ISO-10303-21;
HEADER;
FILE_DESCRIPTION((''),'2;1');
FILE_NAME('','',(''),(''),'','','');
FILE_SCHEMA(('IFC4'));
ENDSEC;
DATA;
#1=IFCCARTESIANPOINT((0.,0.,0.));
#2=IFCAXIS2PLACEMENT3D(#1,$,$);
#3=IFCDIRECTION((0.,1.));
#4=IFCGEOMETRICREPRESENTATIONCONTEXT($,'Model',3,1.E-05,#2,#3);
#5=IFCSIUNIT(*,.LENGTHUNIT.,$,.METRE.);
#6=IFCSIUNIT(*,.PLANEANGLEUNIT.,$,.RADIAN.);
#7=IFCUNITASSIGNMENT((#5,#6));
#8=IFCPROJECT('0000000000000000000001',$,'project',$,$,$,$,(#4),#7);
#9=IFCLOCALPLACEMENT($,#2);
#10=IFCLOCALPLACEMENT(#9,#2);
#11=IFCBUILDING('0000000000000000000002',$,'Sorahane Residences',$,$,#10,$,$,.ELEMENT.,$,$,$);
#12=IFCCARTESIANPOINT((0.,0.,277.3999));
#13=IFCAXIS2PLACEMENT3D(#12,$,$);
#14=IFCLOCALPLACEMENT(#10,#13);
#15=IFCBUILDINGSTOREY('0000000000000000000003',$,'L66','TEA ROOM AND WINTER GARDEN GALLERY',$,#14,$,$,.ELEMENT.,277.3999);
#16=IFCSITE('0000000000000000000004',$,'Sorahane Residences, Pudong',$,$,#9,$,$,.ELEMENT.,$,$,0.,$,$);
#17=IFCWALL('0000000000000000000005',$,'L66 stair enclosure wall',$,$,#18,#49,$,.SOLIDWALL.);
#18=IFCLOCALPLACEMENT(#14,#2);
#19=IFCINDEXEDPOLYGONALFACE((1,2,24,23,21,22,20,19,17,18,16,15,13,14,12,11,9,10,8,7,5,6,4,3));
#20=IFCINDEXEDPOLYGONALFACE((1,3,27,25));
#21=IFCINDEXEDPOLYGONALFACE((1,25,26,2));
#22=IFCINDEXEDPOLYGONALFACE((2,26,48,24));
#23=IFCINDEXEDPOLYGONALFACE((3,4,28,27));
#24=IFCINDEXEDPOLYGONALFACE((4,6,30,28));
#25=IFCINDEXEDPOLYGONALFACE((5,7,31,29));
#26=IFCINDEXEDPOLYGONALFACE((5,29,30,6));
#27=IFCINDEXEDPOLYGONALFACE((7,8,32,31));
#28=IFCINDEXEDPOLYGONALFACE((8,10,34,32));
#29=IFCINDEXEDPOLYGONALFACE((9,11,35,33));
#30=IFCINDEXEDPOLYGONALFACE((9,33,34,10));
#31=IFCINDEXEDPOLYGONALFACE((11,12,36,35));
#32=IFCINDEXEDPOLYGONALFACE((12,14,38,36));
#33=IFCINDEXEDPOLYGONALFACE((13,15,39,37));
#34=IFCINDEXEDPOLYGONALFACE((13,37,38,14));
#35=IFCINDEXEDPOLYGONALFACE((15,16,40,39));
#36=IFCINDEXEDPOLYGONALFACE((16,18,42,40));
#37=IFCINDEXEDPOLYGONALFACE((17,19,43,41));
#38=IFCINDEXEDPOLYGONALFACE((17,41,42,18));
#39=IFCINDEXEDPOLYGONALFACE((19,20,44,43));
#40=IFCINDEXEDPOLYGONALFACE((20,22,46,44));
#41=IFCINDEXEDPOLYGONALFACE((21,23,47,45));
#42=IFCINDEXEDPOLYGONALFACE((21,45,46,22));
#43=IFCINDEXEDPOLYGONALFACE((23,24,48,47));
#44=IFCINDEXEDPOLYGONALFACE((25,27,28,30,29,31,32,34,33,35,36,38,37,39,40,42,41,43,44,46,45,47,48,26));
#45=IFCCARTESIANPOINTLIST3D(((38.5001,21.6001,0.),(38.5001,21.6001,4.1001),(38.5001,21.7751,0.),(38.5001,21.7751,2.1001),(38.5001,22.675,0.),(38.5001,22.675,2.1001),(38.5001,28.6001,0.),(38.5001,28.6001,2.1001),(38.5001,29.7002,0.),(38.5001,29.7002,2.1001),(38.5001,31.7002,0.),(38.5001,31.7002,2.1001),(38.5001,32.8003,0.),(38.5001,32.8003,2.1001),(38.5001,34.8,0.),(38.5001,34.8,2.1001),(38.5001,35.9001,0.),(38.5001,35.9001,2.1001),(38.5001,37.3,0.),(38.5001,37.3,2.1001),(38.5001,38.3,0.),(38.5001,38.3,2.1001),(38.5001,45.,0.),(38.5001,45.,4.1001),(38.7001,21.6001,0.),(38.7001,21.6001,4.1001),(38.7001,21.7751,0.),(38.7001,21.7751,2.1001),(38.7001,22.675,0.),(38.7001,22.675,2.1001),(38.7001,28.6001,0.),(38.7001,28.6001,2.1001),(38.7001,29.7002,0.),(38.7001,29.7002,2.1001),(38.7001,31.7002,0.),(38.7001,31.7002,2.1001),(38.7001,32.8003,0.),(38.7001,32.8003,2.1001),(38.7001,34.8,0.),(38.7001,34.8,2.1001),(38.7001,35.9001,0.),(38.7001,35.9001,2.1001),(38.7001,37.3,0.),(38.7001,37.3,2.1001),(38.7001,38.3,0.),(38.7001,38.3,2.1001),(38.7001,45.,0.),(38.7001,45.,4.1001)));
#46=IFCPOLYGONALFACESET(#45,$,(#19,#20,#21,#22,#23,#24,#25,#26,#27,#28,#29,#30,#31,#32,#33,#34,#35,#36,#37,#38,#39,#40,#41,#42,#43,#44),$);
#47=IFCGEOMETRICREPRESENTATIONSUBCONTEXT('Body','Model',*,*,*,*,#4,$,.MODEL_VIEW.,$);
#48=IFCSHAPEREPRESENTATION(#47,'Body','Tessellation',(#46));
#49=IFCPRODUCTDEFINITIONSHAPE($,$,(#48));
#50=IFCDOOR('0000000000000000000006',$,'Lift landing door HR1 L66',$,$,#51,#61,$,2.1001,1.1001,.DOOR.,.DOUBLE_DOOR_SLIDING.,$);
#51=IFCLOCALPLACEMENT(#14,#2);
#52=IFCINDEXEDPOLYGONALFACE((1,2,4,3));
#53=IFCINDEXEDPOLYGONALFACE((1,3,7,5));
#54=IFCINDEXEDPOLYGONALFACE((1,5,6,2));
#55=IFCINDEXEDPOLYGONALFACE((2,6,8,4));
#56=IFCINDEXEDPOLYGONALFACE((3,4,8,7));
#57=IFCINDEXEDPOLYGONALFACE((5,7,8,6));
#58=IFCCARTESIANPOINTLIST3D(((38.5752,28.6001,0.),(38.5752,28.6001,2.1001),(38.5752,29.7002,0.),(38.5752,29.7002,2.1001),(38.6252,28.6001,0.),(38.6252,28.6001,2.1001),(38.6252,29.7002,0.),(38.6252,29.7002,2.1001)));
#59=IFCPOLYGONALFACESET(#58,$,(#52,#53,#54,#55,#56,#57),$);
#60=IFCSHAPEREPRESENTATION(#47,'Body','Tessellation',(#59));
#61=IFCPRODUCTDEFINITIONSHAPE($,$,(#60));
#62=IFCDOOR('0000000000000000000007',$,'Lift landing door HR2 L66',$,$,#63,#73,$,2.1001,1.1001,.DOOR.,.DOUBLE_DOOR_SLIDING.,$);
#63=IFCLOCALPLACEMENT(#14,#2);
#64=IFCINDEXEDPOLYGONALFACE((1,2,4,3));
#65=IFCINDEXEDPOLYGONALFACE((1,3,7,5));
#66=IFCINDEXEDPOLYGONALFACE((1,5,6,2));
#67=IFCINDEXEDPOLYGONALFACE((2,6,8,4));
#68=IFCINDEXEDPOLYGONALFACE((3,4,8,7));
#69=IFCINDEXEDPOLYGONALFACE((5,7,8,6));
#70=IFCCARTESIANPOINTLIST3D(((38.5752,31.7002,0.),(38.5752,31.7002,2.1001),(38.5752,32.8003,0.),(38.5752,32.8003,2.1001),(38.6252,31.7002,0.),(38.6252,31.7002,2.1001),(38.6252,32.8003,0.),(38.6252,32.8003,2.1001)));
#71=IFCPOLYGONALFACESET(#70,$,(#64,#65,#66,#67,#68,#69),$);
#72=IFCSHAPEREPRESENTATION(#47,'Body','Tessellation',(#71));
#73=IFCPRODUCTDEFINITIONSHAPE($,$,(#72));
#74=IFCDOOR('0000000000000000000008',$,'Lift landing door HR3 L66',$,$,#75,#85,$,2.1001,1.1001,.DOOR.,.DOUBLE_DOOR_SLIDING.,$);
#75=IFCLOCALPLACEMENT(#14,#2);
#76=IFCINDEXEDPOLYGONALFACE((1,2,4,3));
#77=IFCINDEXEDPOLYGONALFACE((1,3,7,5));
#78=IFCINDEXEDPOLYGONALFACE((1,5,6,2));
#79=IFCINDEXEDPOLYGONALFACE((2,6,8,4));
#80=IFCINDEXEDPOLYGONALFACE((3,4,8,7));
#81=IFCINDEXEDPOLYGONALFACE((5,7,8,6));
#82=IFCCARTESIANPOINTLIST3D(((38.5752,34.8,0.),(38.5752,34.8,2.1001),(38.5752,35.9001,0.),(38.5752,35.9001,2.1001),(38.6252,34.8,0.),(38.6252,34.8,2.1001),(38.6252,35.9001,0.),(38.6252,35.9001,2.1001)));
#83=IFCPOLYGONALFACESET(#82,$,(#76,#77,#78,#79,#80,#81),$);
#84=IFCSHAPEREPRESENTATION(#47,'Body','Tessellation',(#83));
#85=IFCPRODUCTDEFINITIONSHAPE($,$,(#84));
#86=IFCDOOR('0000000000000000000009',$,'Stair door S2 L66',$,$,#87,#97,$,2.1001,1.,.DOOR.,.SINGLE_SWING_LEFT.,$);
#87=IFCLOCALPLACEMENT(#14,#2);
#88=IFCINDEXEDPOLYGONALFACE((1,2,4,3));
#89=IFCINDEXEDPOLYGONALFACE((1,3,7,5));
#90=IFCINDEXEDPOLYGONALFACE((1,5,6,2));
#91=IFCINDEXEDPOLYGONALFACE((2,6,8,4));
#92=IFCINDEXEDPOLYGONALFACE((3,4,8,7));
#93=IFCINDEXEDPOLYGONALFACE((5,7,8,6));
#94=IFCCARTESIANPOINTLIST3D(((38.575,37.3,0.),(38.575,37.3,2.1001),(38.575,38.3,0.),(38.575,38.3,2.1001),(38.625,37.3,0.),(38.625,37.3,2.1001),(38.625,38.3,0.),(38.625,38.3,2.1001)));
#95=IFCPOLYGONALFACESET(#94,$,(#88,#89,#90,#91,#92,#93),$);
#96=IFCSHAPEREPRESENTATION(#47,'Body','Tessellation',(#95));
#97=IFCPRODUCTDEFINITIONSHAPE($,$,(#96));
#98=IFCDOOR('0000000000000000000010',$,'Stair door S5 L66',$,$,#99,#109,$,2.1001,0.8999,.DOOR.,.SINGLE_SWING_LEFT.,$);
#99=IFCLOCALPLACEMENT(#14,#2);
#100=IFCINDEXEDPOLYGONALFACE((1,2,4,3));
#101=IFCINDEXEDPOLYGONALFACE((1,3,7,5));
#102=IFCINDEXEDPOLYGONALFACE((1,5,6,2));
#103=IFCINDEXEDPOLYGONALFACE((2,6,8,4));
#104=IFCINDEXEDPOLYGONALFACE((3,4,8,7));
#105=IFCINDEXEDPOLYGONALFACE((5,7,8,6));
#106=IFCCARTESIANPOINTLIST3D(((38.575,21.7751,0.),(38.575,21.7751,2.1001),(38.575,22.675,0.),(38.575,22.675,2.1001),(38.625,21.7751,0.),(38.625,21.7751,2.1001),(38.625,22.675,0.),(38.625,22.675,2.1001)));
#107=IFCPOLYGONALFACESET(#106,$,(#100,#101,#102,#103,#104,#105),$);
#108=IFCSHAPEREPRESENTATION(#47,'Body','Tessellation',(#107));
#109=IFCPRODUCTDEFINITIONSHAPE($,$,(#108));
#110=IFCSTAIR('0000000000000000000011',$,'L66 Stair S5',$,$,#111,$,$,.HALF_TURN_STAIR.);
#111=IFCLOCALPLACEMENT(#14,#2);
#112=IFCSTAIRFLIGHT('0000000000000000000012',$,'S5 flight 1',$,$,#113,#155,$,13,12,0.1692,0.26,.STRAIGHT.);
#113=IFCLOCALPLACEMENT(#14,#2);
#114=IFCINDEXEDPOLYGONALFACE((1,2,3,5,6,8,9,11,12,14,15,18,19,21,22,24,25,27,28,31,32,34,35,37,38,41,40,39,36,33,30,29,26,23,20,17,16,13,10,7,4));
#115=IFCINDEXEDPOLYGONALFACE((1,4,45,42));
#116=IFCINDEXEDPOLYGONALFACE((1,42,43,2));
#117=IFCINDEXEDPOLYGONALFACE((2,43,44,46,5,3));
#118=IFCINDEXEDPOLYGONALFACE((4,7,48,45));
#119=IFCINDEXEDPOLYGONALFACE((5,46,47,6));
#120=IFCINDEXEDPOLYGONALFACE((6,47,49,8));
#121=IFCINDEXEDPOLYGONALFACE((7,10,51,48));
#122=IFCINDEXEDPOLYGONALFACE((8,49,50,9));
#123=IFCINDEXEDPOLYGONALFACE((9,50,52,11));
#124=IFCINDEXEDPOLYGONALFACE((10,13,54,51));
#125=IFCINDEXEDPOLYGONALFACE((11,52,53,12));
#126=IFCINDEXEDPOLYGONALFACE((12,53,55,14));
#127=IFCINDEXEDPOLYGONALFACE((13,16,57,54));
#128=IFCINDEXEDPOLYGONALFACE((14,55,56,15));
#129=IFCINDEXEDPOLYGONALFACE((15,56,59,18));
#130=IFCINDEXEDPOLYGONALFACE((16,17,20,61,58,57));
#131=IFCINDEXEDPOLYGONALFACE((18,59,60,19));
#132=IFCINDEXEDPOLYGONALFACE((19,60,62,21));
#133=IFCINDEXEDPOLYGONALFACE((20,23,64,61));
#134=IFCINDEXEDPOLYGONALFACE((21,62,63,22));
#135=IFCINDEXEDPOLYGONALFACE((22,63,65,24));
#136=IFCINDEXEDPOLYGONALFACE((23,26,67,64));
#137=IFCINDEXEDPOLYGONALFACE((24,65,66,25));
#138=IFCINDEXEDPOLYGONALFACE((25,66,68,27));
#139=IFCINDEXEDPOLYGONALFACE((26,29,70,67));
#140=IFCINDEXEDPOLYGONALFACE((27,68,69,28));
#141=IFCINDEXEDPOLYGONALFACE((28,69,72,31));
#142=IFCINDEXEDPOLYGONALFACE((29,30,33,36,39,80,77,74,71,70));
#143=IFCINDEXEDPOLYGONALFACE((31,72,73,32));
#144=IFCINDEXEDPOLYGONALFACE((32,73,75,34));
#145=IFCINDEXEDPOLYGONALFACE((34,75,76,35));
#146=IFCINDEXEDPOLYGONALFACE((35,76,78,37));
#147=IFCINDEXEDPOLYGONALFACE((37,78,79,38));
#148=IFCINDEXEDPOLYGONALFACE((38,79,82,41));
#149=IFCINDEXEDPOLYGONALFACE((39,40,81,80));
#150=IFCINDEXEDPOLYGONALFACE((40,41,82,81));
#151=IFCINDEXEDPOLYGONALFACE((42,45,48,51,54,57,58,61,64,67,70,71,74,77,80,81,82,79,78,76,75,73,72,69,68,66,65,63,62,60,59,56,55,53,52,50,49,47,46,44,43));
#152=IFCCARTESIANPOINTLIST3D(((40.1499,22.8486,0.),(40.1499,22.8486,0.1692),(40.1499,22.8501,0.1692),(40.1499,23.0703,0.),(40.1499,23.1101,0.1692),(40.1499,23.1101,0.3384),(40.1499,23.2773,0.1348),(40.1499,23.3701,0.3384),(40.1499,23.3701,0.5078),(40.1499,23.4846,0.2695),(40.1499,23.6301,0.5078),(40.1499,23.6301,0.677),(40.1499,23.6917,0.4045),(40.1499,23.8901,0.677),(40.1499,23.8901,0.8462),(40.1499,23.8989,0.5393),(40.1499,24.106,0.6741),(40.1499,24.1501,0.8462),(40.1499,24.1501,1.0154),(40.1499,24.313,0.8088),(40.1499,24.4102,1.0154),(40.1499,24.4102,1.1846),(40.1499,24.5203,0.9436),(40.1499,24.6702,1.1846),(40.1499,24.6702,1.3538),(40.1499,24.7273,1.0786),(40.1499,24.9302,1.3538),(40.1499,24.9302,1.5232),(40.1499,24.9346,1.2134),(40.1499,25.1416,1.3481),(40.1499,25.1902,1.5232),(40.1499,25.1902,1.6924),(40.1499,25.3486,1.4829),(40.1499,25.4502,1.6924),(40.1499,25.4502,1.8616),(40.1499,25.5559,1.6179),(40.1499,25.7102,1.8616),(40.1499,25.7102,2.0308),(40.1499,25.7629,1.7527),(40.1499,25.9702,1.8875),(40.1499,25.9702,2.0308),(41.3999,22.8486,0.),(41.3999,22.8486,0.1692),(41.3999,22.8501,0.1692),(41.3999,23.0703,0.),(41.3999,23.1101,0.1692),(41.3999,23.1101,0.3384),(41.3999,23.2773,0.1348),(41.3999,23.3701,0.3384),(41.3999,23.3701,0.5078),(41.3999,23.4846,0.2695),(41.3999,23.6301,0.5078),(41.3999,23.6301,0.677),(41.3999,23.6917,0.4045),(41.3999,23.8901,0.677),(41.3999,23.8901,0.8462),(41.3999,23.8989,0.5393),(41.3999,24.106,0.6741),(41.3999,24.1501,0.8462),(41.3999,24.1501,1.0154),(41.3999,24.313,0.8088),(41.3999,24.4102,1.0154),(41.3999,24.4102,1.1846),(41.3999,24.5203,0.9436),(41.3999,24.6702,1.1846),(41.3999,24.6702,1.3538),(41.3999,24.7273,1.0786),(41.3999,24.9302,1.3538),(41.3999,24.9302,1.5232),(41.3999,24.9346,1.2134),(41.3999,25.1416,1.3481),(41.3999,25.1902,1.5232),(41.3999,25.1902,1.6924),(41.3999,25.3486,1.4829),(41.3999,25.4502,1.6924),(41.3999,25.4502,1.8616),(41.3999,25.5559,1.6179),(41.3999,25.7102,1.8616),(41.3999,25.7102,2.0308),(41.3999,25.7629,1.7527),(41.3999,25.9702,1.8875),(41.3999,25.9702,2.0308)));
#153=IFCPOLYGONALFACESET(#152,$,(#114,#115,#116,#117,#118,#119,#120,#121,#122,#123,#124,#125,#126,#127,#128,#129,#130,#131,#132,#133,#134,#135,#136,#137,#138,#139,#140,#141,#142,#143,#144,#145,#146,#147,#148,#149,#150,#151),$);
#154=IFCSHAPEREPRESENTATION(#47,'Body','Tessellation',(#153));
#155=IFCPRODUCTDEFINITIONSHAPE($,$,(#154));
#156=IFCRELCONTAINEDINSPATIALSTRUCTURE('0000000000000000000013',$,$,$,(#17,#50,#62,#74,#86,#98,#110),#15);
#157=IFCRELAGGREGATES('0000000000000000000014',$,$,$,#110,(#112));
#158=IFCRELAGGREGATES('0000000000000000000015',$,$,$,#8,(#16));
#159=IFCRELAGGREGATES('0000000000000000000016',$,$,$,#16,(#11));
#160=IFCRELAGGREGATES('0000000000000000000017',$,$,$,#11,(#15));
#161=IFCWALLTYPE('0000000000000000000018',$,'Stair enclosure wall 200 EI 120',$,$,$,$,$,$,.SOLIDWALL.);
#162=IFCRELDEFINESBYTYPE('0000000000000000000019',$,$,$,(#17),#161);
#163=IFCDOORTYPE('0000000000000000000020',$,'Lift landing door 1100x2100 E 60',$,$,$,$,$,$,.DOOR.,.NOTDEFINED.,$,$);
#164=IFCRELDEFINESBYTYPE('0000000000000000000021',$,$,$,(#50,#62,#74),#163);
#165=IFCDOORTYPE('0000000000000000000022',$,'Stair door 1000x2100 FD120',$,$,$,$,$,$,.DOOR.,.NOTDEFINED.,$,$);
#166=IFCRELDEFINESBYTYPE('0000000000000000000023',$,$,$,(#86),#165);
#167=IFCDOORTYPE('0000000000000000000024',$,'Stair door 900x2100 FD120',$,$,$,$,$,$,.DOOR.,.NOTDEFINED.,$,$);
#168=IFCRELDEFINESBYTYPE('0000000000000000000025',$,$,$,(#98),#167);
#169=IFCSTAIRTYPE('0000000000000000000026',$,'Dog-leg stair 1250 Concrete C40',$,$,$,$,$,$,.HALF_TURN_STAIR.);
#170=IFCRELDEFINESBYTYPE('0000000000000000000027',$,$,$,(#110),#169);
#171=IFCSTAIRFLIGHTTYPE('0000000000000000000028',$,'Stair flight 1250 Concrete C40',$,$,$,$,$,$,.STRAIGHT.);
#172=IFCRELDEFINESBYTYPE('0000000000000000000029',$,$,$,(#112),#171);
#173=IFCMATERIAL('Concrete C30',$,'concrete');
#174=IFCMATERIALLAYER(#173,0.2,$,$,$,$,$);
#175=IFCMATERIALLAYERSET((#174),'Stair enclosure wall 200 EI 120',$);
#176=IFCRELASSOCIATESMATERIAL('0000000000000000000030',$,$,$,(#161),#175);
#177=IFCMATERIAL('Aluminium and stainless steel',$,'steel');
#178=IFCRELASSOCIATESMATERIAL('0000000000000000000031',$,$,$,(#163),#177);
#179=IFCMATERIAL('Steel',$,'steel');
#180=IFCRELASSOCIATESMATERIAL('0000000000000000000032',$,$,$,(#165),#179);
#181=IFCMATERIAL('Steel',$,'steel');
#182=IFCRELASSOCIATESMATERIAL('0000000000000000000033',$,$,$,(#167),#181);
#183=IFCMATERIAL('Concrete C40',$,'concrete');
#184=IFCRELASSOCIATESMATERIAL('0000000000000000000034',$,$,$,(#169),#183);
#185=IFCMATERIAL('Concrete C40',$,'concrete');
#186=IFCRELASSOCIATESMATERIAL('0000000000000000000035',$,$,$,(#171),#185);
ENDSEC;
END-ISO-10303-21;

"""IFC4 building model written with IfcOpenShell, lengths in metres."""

from ifc_helpers import new_model, si_unit, direction, frame, frame_2d, origin, place, context, subcontext, project, spatial, polyline, rectangle, outline, extrude, material, layer, layer_set, type_object, element, fill, aggregate, save


model = new_model("IFC4")

# Units and contexts
model_context = context("Model", 3, precision=1e-05, world=origin(), true_north=direction((0.0, 1.0)))
body_context = subcontext(model_context, "Body", "Model", "MODEL_VIEW")
ifc_project = project(units=[si_unit("LENGTHUNIT", "METRE"), si_unit("PLANEANGLEUNIT", "RADIAN")], contexts=[model_context])

# Site, building, storey
site_placement = place(None, origin())
site = spatial("IfcSite", under=ifc_project, at=site_placement, Name="Sorahane Residences, Pudong", CompositionType="ELEMENT", RefElevation=0.0)
building_placement = place(site_placement, origin())
building = spatial("IfcBuilding", under=site, at=building_placement, Name="Sorahane Residences", CompositionType="ELEMENT")
storey_placement = place(building_placement, frame((0.0, 0.0, 277.3999)))
storey = spatial("IfcBuildingStorey", under=building, at=storey_placement, Name="L66", Description="TEA ROOM AND WINTER GARDEN GALLERY", CompositionType="ELEMENT", Elevation=277.3999)

# Wall, openings, doors
ifc_material_1 = material(Name="Concrete C30", Category="concrete")
ifc_layer_1 = layer(ifc_material_1, 0.2)
ifc_layer_set_1 = layer_set([ifc_layer_1], Name="Stair enclosure wall 200 EI 120")
wall_type_1 = type_object("IfcWallType", Name="Stair enclosure wall 200 EI 120", PredefinedType="SOLIDWALL", material=ifc_layer_set_1)
wall_1_placement = place(storey_placement, frame((38.6001, 21.6001, 0.0), z_axis=(0.0, 0.0, 1.0), x_axis=(0.0, 1.0, 0.0)))
wall_1 = element("IfcWall", 1, at=wall_1_placement, inside=storey, type_object=wall_type_1, Name="L66 stair enclosure wall", PredefinedType="SOLIDWALL", context=body_context, shape_type="SweptSolid", body=[
    extrude(rectangle(XDim=23.3999, YDim=0.2, at=frame_2d((11.7, 0.0))), origin(), (0.0, 0.0, 1.0), 4.1001),
])
opening_1_placement = place(wall_1_placement, frame((7.0, 0.0, 0.0)))
opening_1 = element("IfcOpeningElement", 2, at=opening_1_placement, cuts=wall_1, PredefinedType="OPENING", context=body_context, shape_type="SweptSolid", body=[
    extrude(rectangle(XDim=1.1001, YDim=2.1001, at=frame_2d((0.55, 1.05))), frame((0.0, 0.1099, 0.0), z_axis=(0.0, -1.0, 0.0), x_axis=(1.0, 0.0, 0.0)), (0.0, 0.0, 1.0), 0.22),
])
opening_2_placement = place(wall_1_placement, frame((10.1001, 0.0, 0.0)))
opening_2 = element("IfcOpeningElement", 3, at=opening_2_placement, cuts=wall_1, PredefinedType="OPENING", context=body_context, shape_type="SweptSolid", body=[
    extrude(rectangle(XDim=1.1001, YDim=2.1001, at=frame_2d((0.55, 1.05))), frame((0.0, 0.1099, 0.0), z_axis=(0.0, -1.0, 0.0), x_axis=(1.0, 0.0, 0.0)), (0.0, 0.0, 1.0), 0.22),
])
opening_3_placement = place(wall_1_placement, frame((13.2, 0.0, 0.0)))
opening_3 = element("IfcOpeningElement", 4, at=opening_3_placement, cuts=wall_1, PredefinedType="OPENING", context=body_context, shape_type="SweptSolid", body=[
    extrude(rectangle(XDim=1.1001, YDim=2.1001, at=frame_2d((0.55, 1.05))), frame((0.0, 0.1099, 0.0), z_axis=(0.0, -1.0, 0.0), x_axis=(1.0, 0.0, 0.0)), (0.0, 0.0, 1.0), 0.22),
])
opening_4_placement = place(wall_1_placement, frame((15.7, 0.0, 0.0)))
opening_4 = element("IfcOpeningElement", 5, at=opening_4_placement, cuts=wall_1, PredefinedType="OPENING", context=body_context, shape_type="SweptSolid", body=[
    extrude(rectangle(XDim=1.0, YDim=2.1001, at=frame_2d((0.5, 1.05))), frame((0.0, 0.1099, 0.0), z_axis=(0.0, -1.0, 0.0), x_axis=(1.0, 0.0, 0.0)), (0.0, 0.0, 1.0), 0.22),
])
opening_5_placement = place(wall_1_placement, frame((0.175, 0.0, 0.0)))
opening_5 = element("IfcOpeningElement", 6, at=opening_5_placement, cuts=wall_1, PredefinedType="OPENING", context=body_context, shape_type="SweptSolid", body=[
    extrude(rectangle(XDim=0.8999, YDim=2.1001, at=frame_2d((0.45, 1.05))), frame((0.0, 0.1099, 0.0), z_axis=(0.0, -1.0, 0.0), x_axis=(1.0, 0.0, 0.0)), (0.0, 0.0, 1.0), 0.22),
])
ifc_material_2 = material(Name="Aluminium and stainless steel", Category="steel")
door_type_1 = type_object("IfcDoorType", Name="Lift landing door 1100x2100 E 60", OperationType="NOTDEFINED", PredefinedType="DOOR", material=ifc_material_2)
door_1_placement = place(opening_1_placement, origin())
door_1 = element("IfcDoor", 7, at=door_1_placement, inside=storey, type_object=door_type_1, Name="Lift landing door HR1 L66", OperationType="DOUBLE_DOOR_SLIDING", OverallHeight=2.1001, OverallWidth=1.1001, PredefinedType="DOOR", context=body_context, shape_type="SweptSolid", body=[
    extrude(rectangle(XDim=1.1001, YDim=2.1001, at=frame_2d((0.55, 1.05))), frame((0.0, 0.0249, 0.0), z_axis=(0.0, -1.0, 0.0), x_axis=(1.0, 0.0, 0.0)), (0.0, 0.0, 1.0), 0.05),
])
fill(opening_1, door_1)
door_2_placement = place(opening_2_placement, origin())
door_2 = element("IfcDoor", 8, at=door_2_placement, inside=storey, type_object=door_type_1, Name="Lift landing door HR2 L66", OperationType="DOUBLE_DOOR_SLIDING", OverallHeight=2.1001, OverallWidth=1.1001, PredefinedType="DOOR", context=body_context, shape_type="SweptSolid", body=[
    extrude(rectangle(XDim=1.1001, YDim=2.1001, at=frame_2d((0.55, 1.05))), frame((0.0, 0.0249, 0.0), z_axis=(0.0, -1.0, 0.0), x_axis=(1.0, 0.0, 0.0)), (0.0, 0.0, 1.0), 0.05),
])
fill(opening_2, door_2)
door_3_placement = place(opening_3_placement, origin())
door_3 = element("IfcDoor", 9, at=door_3_placement, inside=storey, type_object=door_type_1, Name="Lift landing door HR3 L66", OperationType="DOUBLE_DOOR_SLIDING", OverallHeight=2.1001, OverallWidth=1.1001, PredefinedType="DOOR", context=body_context, shape_type="SweptSolid", body=[
    extrude(rectangle(XDim=1.1001, YDim=2.1001, at=frame_2d((0.55, 1.05))), frame((0.0, 0.0249, 0.0), z_axis=(0.0, -1.0, 0.0), x_axis=(1.0, 0.0, 0.0)), (0.0, 0.0, 1.0), 0.05),
])
fill(opening_3, door_3)
ifc_material_3 = material(Name="Steel", Category="steel")
door_type_2 = type_object("IfcDoorType", Name="Stair door 1000x2100 FD120", OperationType="NOTDEFINED", PredefinedType="DOOR", material=ifc_material_3)
door_4_placement = place(opening_4_placement, frame((1.0, 0.0, 0.0), z_axis=(0.0, 0.0, 1.0), x_axis=(-1.0, 0.0, 0.0)))
door_4 = element("IfcDoor", 10, at=door_4_placement, inside=storey, type_object=door_type_2, Name="Stair door S2 L66", OperationType="SINGLE_SWING_LEFT", OverallHeight=2.1001, OverallWidth=1.0, PredefinedType="DOOR", context=body_context, shape_type="SweptSolid", body=[
    extrude(rectangle(XDim=1.0, YDim=2.1001, at=frame_2d((0.5, 1.05))), frame((0.0, 0.0249, 0.0), z_axis=(0.0, -1.0, 0.0), x_axis=(1.0, 0.0, 0.0)), (0.0, 0.0, 1.0), 0.05),
])
fill(opening_4, door_4)
ifc_material_4 = material(Name="Steel", Category="steel")
door_type_3 = type_object("IfcDoorType", Name="Stair door 900x2100 FD120", OperationType="NOTDEFINED", PredefinedType="DOOR", material=ifc_material_4)
door_5_placement = place(opening_5_placement, frame((0.8999, 0.0, 0.0), z_axis=(0.0, 0.0, 1.0), x_axis=(-1.0, 0.0, 0.0)))
door_5 = element("IfcDoor", 11, at=door_5_placement, inside=storey, type_object=door_type_3, Name="Stair door S5 L66", OperationType="SINGLE_SWING_LEFT", OverallHeight=2.1001, OverallWidth=0.8999, PredefinedType="DOOR", context=body_context, shape_type="SweptSolid", body=[
    extrude(rectangle(XDim=0.8999, YDim=2.1001, at=frame_2d((0.45, 1.05))), frame((0.0, 0.0249, 0.0), z_axis=(0.0, -1.0, 0.0), x_axis=(1.0, 0.0, 0.0)), (0.0, 0.0, 1.0), 0.05),
])
fill(opening_5, door_5)

# Stair, stair flight
ifc_material_5 = material(Name="Concrete C40", Category="concrete")
stair_type = type_object("IfcStairType", Name="Dog-leg stair 1250 Concrete C40", PredefinedType="HALF_TURN_STAIR", material=ifc_material_5)
stair_placement = place(storey_placement, origin())
stair = element("IfcStair", 12, at=stair_placement, inside=storey, type_object=stair_type, Name="L66 Stair S5", PredefinedType="HALF_TURN_STAIR")
ifc_material_6 = material(Name="Concrete C40", Category="concrete")
stair_flight_type = type_object("IfcStairFlightType", Name="Stair flight 1250 Concrete C40", PredefinedType="STRAIGHT", material=ifc_material_6)
stair_flight_placement = place(storey_placement, frame((40.7749, 22.8501, 0.0), z_axis=(0.0, 0.0, 1.0), x_axis=(0.0, 1.0, 0.0)))
stair_flight = element("IfcStairFlight", 13, at=stair_flight_placement, type_object=stair_flight_type, Name="S5 flight 1", NumberOfRisers=13, NumberOfTreads=12, PredefinedType="STRAIGHT", RiserHeight=0.1692, TreadLength=0.26, context=body_context, shape_type="SweptSolid", body=[
    extrude(outline(polyline([(-0.0015, 0.0), (-0.0015, 0.1692), (0.0, 0.1692), (0.26, 0.1692), (0.26, 0.3384), (0.52, 0.3384), (0.52, 0.5078), (0.78, 0.5078), (0.78, 0.677), (1.04, 0.677), (1.04, 0.8462), (1.3, 0.8462), (1.3, 1.0154), (1.5601, 1.0154), (1.5601, 1.1846), (1.8201, 1.1846), (1.8201, 1.3538), (2.0801, 1.3538), (2.0801, 1.5232), (2.3401, 1.5232), (2.3401, 1.6924), (2.6001, 1.6924), (2.6001, 1.8616), (2.8601, 1.8616), (2.8601, 2.0308), (3.1201, 2.0308), (3.1201, 2.2), (3.1201, 1.8875), (2.9128, 1.7527), (2.7058, 1.6179), (2.4985, 1.4829), (2.2915, 1.3481), (2.0845, 1.2134), (1.8772, 1.0786), (1.6702, 0.9436), (1.4629, 0.8088), (1.2559, 0.6741), (1.0488, 0.5393), (0.8416, 0.4045), (0.6345, 0.2695), (0.4272, 0.1348), (0.2202, 0.0), (-0.0015, 0.0)])), frame((0.0, 0.625, 0.0), z_axis=(0.0, -1.0, 0.0), x_axis=(1.0, 0.0, 0.0)), (0.0, 0.0, 1.0), 1.25),
])
aggregate(stair, [stair_flight])

save(model, "model.ifc")
